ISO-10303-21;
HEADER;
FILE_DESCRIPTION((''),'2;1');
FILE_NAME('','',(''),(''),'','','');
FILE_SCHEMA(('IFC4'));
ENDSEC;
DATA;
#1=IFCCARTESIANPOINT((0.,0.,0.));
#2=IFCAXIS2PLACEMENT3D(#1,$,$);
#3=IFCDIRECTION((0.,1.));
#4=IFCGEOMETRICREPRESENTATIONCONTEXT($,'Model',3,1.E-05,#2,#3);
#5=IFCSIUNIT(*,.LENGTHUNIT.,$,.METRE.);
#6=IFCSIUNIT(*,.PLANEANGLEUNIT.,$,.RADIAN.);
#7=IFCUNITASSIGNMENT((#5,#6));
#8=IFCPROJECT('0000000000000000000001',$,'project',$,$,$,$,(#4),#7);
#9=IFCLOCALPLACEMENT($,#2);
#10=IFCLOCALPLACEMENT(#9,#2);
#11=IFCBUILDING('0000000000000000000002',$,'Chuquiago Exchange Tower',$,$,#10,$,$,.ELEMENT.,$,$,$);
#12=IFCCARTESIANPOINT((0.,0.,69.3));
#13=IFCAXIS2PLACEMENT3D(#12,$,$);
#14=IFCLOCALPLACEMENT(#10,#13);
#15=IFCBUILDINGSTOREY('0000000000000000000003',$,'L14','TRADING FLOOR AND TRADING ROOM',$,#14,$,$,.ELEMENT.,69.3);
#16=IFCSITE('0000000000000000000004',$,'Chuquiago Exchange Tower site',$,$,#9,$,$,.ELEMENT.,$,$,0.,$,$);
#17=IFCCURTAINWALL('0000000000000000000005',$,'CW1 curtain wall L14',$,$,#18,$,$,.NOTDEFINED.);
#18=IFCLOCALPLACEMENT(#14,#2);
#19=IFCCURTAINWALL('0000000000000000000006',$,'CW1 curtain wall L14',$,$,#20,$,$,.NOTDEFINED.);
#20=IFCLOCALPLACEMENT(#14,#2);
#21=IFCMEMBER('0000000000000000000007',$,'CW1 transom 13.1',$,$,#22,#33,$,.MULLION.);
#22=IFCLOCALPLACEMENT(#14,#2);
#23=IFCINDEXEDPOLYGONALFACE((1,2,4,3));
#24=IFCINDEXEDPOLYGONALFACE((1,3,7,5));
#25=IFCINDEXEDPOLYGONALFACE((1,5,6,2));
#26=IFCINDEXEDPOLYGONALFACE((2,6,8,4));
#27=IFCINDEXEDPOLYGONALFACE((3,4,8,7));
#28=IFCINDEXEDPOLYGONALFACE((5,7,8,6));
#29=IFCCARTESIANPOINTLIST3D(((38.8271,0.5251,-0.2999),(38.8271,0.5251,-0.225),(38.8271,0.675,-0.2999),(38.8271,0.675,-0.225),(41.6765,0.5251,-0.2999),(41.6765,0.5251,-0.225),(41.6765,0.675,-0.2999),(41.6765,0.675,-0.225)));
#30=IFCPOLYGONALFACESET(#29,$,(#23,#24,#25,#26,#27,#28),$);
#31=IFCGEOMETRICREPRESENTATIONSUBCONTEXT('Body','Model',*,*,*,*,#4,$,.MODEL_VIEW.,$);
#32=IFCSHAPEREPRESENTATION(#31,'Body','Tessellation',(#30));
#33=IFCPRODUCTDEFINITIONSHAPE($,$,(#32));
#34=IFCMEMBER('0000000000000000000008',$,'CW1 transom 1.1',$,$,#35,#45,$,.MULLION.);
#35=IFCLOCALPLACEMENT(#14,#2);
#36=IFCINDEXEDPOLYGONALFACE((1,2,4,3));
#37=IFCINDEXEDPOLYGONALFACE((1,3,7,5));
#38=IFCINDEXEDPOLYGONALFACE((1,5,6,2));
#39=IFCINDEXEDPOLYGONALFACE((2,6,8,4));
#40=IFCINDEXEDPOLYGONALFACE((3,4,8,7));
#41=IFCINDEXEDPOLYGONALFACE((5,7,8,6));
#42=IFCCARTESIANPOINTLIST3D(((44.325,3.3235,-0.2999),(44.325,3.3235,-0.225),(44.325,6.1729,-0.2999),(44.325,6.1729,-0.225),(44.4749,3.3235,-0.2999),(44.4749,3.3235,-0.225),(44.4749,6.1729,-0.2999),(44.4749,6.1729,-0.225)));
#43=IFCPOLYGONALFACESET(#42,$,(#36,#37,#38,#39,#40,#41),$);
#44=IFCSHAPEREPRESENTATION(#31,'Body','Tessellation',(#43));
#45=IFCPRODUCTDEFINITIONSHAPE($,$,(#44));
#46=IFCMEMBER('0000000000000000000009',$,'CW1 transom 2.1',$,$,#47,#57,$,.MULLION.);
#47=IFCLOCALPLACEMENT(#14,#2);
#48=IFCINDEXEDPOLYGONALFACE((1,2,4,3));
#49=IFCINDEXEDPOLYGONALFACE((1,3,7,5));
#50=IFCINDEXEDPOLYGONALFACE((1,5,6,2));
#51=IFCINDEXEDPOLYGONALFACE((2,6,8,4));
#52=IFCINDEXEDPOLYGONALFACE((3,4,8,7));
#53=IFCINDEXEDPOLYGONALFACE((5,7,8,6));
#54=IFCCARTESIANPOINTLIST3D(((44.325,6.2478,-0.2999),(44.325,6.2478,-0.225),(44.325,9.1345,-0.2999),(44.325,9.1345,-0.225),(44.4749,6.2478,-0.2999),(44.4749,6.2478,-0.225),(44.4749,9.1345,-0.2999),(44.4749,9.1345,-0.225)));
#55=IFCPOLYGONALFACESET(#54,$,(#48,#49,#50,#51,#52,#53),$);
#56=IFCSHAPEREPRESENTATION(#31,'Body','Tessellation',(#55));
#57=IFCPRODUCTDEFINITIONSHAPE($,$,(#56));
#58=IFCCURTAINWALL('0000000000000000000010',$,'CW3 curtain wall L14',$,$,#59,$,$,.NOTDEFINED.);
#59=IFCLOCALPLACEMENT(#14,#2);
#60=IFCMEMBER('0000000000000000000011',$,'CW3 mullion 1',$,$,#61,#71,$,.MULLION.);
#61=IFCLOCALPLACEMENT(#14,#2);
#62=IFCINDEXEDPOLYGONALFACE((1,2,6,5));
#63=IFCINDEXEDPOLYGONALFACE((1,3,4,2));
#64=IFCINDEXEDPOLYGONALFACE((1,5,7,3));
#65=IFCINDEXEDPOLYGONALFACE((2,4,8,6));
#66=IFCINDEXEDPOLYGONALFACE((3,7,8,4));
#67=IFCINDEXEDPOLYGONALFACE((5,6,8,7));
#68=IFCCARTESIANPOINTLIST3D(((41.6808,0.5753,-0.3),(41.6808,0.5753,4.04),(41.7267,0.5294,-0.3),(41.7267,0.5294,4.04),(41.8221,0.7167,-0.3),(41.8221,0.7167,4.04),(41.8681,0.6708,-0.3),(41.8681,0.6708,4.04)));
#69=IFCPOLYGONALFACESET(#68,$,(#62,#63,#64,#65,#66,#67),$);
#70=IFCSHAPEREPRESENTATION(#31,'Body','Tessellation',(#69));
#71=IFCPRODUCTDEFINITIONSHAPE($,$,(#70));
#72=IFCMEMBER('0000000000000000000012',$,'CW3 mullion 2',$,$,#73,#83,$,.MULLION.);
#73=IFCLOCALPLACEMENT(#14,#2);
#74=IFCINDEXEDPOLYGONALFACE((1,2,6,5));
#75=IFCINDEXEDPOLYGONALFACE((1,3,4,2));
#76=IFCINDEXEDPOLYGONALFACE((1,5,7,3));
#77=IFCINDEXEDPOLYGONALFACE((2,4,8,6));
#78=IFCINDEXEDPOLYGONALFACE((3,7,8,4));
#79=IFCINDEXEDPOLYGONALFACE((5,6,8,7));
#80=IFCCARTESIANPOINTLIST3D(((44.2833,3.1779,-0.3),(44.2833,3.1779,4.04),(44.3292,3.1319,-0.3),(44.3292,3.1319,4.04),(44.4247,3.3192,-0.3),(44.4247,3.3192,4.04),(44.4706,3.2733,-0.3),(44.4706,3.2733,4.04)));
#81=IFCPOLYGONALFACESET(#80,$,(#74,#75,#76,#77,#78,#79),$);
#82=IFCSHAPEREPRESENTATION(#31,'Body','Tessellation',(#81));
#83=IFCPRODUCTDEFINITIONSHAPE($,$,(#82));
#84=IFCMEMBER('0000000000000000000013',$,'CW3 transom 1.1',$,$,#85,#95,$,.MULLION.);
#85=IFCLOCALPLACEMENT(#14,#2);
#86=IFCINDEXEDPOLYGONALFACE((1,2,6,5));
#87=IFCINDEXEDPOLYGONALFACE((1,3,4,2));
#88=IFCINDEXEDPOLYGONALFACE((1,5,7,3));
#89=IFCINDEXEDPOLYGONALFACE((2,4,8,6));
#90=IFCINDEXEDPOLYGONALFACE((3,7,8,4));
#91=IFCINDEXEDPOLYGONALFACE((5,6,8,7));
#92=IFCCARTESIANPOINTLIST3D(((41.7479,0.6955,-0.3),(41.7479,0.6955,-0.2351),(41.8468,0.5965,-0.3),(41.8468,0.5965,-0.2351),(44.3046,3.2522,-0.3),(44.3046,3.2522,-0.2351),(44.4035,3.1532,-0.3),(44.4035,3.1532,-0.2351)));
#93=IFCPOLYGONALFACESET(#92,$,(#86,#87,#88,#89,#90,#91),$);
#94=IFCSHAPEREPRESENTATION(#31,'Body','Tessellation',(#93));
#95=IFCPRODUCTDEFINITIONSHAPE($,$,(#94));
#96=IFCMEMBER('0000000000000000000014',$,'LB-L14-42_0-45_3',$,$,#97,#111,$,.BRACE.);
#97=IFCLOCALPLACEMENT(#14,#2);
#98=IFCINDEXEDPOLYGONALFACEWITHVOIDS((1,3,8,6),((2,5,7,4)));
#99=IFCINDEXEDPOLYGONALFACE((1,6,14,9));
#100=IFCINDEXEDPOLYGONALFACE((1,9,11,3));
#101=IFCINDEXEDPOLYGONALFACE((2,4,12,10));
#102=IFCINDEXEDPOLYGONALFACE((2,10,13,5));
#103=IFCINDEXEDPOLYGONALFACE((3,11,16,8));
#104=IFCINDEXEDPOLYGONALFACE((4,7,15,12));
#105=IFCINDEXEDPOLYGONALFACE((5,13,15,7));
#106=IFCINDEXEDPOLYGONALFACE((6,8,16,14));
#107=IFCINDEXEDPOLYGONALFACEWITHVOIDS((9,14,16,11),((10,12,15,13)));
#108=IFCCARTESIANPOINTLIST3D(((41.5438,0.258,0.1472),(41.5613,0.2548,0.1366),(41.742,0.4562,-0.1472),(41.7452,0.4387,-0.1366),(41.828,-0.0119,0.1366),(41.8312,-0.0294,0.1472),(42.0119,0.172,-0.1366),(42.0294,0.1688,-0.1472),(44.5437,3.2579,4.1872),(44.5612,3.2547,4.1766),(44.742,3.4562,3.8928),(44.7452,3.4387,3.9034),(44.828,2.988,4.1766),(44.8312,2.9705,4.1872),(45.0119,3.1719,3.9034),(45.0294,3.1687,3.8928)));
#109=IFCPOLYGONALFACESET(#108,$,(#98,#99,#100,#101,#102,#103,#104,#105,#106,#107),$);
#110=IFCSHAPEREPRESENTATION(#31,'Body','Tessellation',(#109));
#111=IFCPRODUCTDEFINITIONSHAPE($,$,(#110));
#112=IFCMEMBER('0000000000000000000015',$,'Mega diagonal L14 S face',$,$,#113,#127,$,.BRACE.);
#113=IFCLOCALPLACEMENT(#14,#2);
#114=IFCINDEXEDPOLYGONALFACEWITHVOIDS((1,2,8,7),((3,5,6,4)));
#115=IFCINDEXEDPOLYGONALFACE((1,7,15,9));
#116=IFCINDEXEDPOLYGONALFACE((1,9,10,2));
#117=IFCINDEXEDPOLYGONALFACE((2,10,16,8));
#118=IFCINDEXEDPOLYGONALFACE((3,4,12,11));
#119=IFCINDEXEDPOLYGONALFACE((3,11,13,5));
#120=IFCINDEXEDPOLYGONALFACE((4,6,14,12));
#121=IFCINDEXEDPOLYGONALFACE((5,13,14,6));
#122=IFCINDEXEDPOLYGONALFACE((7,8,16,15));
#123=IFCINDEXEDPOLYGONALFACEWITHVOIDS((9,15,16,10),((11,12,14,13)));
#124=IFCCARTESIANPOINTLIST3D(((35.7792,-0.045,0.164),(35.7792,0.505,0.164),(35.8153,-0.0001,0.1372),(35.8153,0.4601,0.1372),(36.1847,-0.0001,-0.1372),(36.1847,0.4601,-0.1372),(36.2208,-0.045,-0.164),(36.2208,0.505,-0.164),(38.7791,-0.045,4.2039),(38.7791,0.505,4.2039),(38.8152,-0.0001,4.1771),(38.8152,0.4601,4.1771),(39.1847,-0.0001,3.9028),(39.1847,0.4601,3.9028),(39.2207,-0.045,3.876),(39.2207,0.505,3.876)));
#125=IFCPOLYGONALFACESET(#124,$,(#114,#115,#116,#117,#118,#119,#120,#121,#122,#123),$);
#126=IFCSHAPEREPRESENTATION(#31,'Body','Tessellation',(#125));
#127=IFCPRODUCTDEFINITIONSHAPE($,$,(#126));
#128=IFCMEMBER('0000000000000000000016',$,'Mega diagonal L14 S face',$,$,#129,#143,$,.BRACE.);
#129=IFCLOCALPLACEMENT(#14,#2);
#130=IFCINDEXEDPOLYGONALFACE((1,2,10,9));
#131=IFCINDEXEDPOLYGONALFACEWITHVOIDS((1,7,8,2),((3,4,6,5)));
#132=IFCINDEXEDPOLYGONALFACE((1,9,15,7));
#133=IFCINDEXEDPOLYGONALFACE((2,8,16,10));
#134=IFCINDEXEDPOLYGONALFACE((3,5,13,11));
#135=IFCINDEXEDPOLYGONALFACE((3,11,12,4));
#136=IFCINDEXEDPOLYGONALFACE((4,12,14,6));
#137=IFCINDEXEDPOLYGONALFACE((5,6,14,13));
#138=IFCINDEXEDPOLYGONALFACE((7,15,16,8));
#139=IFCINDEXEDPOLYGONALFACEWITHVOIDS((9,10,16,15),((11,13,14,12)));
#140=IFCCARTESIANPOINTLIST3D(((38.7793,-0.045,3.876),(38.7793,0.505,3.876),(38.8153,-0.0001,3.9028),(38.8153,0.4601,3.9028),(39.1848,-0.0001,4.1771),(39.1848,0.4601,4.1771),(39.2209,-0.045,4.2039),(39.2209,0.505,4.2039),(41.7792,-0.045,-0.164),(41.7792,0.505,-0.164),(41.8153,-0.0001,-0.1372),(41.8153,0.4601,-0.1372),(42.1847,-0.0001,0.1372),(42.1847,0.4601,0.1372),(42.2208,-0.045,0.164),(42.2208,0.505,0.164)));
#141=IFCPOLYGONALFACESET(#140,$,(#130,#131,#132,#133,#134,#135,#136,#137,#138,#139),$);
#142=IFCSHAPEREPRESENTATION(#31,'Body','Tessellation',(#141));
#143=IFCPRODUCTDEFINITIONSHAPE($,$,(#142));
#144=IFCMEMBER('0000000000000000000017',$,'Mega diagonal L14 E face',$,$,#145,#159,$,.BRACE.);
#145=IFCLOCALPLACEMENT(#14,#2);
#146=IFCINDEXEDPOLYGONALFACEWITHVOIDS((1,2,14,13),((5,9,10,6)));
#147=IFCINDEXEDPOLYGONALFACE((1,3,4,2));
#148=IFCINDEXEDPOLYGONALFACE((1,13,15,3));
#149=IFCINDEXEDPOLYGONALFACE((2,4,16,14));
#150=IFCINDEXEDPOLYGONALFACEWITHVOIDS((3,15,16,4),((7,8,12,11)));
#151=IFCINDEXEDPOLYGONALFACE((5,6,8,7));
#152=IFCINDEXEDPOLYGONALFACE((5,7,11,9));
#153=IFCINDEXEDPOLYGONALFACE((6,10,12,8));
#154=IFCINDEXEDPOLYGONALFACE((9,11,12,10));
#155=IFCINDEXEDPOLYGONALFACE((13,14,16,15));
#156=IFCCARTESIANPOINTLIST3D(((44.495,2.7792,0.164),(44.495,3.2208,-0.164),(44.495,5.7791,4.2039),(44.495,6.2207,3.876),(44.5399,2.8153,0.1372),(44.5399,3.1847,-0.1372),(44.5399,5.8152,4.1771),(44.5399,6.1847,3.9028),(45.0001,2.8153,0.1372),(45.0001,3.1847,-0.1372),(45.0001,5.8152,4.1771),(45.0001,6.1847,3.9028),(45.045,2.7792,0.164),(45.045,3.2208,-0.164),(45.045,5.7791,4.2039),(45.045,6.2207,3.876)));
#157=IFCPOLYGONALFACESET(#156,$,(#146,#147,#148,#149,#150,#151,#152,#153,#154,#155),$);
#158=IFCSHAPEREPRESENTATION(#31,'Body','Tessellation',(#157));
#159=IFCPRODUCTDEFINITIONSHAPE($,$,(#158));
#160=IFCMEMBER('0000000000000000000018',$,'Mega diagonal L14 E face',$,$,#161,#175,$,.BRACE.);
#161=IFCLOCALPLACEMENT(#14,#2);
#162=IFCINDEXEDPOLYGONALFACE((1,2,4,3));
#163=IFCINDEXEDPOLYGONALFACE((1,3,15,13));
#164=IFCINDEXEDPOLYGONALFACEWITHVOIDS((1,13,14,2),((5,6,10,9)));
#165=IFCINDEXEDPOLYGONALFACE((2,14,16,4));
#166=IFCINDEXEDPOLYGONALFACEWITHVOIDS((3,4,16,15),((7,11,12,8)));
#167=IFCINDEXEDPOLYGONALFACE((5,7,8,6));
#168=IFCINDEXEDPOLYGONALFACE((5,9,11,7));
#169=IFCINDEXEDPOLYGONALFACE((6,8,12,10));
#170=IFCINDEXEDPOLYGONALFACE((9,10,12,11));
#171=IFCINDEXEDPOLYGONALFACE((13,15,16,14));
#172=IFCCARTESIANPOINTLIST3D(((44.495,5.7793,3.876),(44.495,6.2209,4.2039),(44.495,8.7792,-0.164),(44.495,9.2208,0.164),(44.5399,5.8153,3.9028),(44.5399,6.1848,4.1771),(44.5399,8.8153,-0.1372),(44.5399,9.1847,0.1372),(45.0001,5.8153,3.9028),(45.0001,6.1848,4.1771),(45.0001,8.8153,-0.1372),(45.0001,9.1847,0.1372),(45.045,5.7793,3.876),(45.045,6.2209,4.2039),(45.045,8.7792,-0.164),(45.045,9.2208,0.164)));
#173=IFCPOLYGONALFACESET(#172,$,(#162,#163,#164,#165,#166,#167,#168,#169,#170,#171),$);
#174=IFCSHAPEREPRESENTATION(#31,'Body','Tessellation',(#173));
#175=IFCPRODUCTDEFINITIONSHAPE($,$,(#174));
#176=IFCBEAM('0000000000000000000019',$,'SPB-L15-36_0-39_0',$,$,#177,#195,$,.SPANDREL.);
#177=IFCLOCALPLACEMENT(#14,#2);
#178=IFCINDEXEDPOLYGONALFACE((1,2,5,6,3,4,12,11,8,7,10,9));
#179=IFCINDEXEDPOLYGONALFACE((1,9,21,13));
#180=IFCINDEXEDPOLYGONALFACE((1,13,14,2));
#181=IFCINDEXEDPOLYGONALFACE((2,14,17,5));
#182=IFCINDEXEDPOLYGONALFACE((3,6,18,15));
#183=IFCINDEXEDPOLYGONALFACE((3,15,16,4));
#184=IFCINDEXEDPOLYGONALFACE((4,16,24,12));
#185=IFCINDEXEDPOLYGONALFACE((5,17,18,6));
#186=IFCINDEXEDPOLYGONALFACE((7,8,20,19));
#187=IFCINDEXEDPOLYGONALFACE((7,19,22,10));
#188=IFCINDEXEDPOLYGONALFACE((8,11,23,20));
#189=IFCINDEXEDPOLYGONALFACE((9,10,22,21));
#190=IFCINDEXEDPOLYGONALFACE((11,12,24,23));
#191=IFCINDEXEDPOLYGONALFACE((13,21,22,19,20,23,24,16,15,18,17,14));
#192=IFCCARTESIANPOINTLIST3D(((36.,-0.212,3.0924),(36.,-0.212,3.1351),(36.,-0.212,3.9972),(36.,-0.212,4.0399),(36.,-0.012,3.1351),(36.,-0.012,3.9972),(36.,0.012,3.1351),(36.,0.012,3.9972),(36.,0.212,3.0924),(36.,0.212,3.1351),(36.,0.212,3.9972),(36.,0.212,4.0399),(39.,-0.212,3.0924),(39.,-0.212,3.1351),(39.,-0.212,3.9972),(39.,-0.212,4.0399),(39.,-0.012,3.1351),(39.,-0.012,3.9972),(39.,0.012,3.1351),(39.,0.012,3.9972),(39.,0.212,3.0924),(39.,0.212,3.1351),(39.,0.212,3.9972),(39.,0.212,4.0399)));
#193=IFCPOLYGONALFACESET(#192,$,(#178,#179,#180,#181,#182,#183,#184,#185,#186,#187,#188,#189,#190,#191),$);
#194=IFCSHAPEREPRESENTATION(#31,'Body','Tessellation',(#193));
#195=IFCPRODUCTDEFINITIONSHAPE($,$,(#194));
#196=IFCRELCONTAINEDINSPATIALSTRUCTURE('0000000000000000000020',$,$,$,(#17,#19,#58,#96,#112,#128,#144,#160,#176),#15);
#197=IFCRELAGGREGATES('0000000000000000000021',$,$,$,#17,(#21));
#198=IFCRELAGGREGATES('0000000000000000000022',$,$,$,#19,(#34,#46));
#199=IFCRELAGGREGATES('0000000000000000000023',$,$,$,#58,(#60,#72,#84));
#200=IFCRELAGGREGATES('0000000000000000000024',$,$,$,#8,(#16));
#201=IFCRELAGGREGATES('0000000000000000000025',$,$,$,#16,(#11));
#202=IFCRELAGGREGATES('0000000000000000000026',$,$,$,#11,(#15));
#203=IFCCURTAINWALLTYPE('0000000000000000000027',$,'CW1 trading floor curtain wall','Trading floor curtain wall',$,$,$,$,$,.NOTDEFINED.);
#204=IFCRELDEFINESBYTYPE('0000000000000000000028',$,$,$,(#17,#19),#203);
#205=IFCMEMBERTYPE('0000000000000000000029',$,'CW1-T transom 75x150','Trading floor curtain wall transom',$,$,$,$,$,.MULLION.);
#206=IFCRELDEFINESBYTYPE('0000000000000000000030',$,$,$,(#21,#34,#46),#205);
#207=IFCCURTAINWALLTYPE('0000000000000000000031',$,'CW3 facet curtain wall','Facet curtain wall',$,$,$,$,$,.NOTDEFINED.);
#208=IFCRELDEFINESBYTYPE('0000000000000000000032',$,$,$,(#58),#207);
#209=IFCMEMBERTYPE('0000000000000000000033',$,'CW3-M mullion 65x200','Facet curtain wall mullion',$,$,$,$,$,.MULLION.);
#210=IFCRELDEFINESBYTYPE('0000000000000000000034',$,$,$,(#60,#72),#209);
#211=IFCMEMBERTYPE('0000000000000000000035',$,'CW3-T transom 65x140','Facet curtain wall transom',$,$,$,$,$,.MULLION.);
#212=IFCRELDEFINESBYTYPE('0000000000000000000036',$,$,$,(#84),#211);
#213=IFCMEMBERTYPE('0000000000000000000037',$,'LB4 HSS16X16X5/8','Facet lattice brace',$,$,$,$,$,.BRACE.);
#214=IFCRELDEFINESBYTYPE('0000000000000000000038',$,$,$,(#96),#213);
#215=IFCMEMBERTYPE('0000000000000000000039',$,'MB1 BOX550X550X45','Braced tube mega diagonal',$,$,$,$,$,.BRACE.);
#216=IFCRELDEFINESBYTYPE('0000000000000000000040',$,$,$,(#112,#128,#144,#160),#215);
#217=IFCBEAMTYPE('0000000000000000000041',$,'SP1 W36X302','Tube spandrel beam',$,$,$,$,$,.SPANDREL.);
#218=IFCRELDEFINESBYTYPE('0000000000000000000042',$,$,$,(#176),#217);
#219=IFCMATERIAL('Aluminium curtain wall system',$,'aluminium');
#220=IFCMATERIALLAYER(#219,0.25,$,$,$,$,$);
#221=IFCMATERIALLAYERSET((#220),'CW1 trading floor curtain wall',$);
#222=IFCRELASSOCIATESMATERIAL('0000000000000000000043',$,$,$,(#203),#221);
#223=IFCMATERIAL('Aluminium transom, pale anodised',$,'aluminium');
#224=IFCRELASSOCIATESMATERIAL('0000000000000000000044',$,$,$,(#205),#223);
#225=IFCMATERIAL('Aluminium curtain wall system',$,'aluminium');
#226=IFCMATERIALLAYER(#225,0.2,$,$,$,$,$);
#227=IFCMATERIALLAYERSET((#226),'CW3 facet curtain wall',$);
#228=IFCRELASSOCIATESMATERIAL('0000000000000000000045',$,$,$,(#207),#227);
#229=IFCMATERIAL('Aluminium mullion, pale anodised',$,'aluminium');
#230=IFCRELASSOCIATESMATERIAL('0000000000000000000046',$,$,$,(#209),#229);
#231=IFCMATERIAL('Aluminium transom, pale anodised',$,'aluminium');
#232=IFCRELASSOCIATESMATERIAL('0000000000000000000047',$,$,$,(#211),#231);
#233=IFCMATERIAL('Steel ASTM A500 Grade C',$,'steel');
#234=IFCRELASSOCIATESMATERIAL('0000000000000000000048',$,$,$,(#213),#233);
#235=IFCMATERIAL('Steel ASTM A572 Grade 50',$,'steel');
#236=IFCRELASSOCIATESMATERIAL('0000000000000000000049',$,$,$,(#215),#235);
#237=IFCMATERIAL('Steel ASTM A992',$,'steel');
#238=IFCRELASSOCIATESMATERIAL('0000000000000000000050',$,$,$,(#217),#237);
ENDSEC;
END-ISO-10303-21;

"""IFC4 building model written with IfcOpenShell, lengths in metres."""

from ifc_helpers import new_model, si_unit, direction, frame, origin, origin_2d, place, context, subcontext, project, spatial, rectangle, hollow_rectangle, i_section, extrude, material, layer, layer_set, material_profile, profile_set, type_object, element, aggregate, save


model = new_model("IFC4")

# Units and contexts
model_context = context("Model", 3, precision=1e-05, world=origin(), true_north=direction((0.0, 1.0)))
body_context = subcontext(model_context, "Body", "Model", "MODEL_VIEW")
ifc_project = project(units=[si_unit("LENGTHUNIT", "METRE"), si_unit("PLANEANGLEUNIT", "RADIAN")], contexts=[model_context])

# Site, building, storey
site_placement = place(None, origin())
site = spatial("IfcSite", under=ifc_project, at=site_placement, Name="Chuquiago Exchange Tower site", CompositionType="ELEMENT", RefElevation=0.0)
building_placement = place(site_placement, origin())
building = spatial("IfcBuilding", under=site, at=building_placement, Name="Chuquiago Exchange Tower", CompositionType="ELEMENT")
storey_placement = place(building_placement, frame((0.0, 0.0, 69.3)))
storey = spatial("IfcBuildingStorey", under=building, at=storey_placement, Name="L14", Description="TRADING FLOOR AND TRADING ROOM", CompositionType="ELEMENT", Elevation=69.3)

# Curtain walls
ifc_material_1 = material(Name="Aluminium curtain wall system", Category="aluminium")
ifc_layer_1 = layer(ifc_material_1, 0.25)
ifc_layer_set_1 = layer_set([ifc_layer_1], Name="CW1 trading floor curtain wall")
curtain_wall_type_1 = type_object("IfcCurtainWallType", Name="CW1 trading floor curtain wall", Description="Trading floor curtain wall", PredefinedType="NOTDEFINED", material=ifc_layer_set_1)
curtain_wall_1_placement = place(storey_placement, origin())
curtain_wall_1 = element("IfcCurtainWall", 1, at=curtain_wall_1_placement, inside=storey, type_object=curtain_wall_type_1, Name="CW1 curtain wall L14", PredefinedType="NOTDEFINED")
curtain_wall_2_placement = place(storey_placement, origin())
curtain_wall_2 = element("IfcCurtainWall", 2, at=curtain_wall_2_placement, inside=storey, type_object=curtain_wall_type_1, Name="CW1 curtain wall L14", PredefinedType="NOTDEFINED")

# Members
ifc_material_2 = material(Name="Aluminium transom, pale anodised", Category="aluminium")
ifc_material_profile_1 = material_profile(ifc_material_2, rectangle(XDim=0.1499, YDim=0.075, at=origin_2d()), Name="AL 150x75")
ifc_profile_set_1 = profile_set([ifc_material_profile_1], Name="Aluminium transom, pale anodised")
member_type_1 = type_object("IfcMemberType", Name="CW1-T transom 75x150", Description="Trading floor curtain wall transom", PredefinedType="MULLION", material=ifc_profile_set_1)
member_1_placement = place(storey_placement, frame((38.8271, 0.6001, -0.2625), z_axis=(1.0, 0.0, 0.0), x_axis=(0.0, 1.0, 0.0)))
member_1 = element("IfcMember", 3, at=member_1_placement, type_object=member_type_1, Name="CW1 transom 13.1", PredefinedType="MULLION", context=body_context, shape_type="SweptSolid", body=[
    extrude(rectangle(XDim=0.1499, YDim=0.075, at=origin_2d()), origin(), (0.0, 0.0, 1.0), 2.8494),
])
member_2_placement = place(storey_placement, frame((44.3999, 3.3235, -0.2625), z_axis=(0.0, 1.0, 0.0), x_axis=(-1.0, 0.0, 0.0)))
member_2 = element("IfcMember", 4, at=member_2_placement, type_object=member_type_1, Name="CW1 transom 1.1", PredefinedType="MULLION", context=body_context, shape_type="SweptSolid", body=[
    extrude(rectangle(XDim=0.1499, YDim=0.075, at=origin_2d()), origin(), (0.0, 0.0, 1.0), 2.8494),
])
member_3_placement = place(storey_placement, frame((44.3999, 6.2478, -0.2625), z_axis=(0.0, 1.0, 0.0), x_axis=(-1.0, 0.0, 0.0)))
member_3 = element("IfcMember", 5, at=member_3_placement, type_object=member_type_1, Name="CW1 transom 2.1", PredefinedType="MULLION", context=body_context, shape_type="SweptSolid", body=[
    extrude(rectangle(XDim=0.1499, YDim=0.075, at=origin_2d()), origin(), (0.0, 0.0, 1.0), 2.8867),
])

# Curtain wall, members
ifc_material_3 = material(Name="Aluminium curtain wall system", Category="aluminium")
ifc_layer_2 = layer(ifc_material_3, 0.2)
ifc_layer_set_2 = layer_set([ifc_layer_2], Name="CW3 facet curtain wall")
curtain_wall_type_2 = type_object("IfcCurtainWallType", Name="CW3 facet curtain wall", Description="Facet curtain wall", PredefinedType="NOTDEFINED", material=ifc_layer_set_2)
curtain_wall_3_placement = place(storey_placement, origin())
curtain_wall_3 = element("IfcCurtainWall", 6, at=curtain_wall_3_placement, inside=storey, type_object=curtain_wall_type_2, Name="CW3 curtain wall L14", PredefinedType="NOTDEFINED")
ifc_material_4 = material(Name="Aluminium mullion, pale anodised", Category="aluminium")
ifc_material_profile_2 = material_profile(ifc_material_4, rectangle(XDim=0.0649, YDim=0.2, at=origin_2d()), Name="AL 65x200")
ifc_profile_set_2 = profile_set([ifc_material_profile_2], Name="Aluminium mullion, pale anodised")
member_type_2 = type_object("IfcMemberType", Name="CW3-M mullion 65x200", Description="Facet curtain wall mullion", PredefinedType="MULLION", material=ifc_profile_set_2)
member_4_placement = place(storey_placement, frame((41.7744, 0.623, -0.3), z_axis=(0.0, 0.0, 1.0), x_axis=(-0.707107, 0.707107, 0.0)))
member_4 = element("IfcMember", 7, at=member_4_placement, type_object=member_type_2, Name="CW3 mullion 1", PredefinedType="MULLION", context=body_context, shape_type="SweptSolid", body=[
    extrude(rectangle(XDim=0.0649, YDim=0.2, at=origin_2d()), origin(), (0.0, 0.0, 1.0), 4.3401),
])
member_5_placement = place(storey_placement, frame((44.377, 3.2256, -0.3), z_axis=(0.0, 0.0, 1.0), x_axis=(-0.707107, 0.707107, 0.0)))
member_5 = element("IfcMember", 8, at=member_5_placement, type_object=member_type_2, Name="CW3 mullion 2", PredefinedType="MULLION", context=body_context, shape_type="SweptSolid", body=[
    extrude(rectangle(XDim=0.0649, YDim=0.2, at=origin_2d()), origin(), (0.0, 0.0, 1.0), 4.3401),
])
ifc_material_5 = material(Name="Aluminium transom, pale anodised", Category="aluminium")
ifc_material_profile_3 = material_profile(ifc_material_5, rectangle(XDim=0.1399, YDim=0.0649, at=origin_2d()), Name="AL 140x65")
ifc_profile_set_3 = profile_set([ifc_material_profile_3], Name="Aluminium transom, pale anodised")
member_type_3 = type_object("IfcMemberType", Name="CW3-T transom 65x140", Description="Facet curtain wall transom", PredefinedType="MULLION", material=ifc_profile_set_3)
member_6_placement = place(storey_placement, frame((41.7974, 0.646, -0.2676), z_axis=(0.707107, 0.707107, 0.0), x_axis=(-0.707107, 0.707107, 0.0)))
member_6 = element("IfcMember", 9, at=member_6_placement, type_object=member_type_3, Name="CW3 transom 1.1", PredefinedType="MULLION", context=body_context, shape_type="SweptSolid", body=[
    extrude(rectangle(XDim=0.1399, YDim=0.0649, at=origin_2d()), origin(), (0.0, 0.0, 1.0), 3.6157),
])

# Members
ifc_material_6 = material(Name="Steel ASTM A500 Grade C", Category="steel")
ifc_material_profile_4 = material_profile(ifc_material_6, hollow_rectangle(XDim=0.4065, YDim=0.4065, WallThickness=0.0146, at=origin_2d()), Name="HSS16X16X5/8")
ifc_profile_set_4 = profile_set([ifc_material_profile_4], Name="Steel ASTM A500 Grade C")
member_type_4 = type_object("IfcMemberType", Name="LB4 HSS16X16X5/8", Description="Facet lattice brace", PredefinedType="BRACE", material=ifc_profile_set_4)
member_7_placement = place(storey_placement, frame((41.7866, 0.2134, 0.0), z_axis=(0.512077, 0.512077, 0.689604), x_axis=(-0.707107, 0.707107, 0.0)))
element("IfcMember", 10, at=member_7_placement, inside=storey, type_object=member_type_4, Name="LB-L14-42_0-45_3", PredefinedType="BRACE", context=body_context, shape_type="SweptSolid", body=[
    extrude(hollow_rectangle(XDim=0.4065, YDim=0.4065, WallThickness=0.0146, at=origin_2d()), origin(), (0.0, 0.0, 1.0), 5.8584),
])
ifc_material_7 = material(Name="Steel ASTM A572 Grade 50", Category="steel")
ifc_material_profile_5 = material_profile(ifc_material_7, hollow_rectangle(XDim=0.55, YDim=0.55, WallThickness=0.0449, at=origin_2d()), Name="BOX550X550X45")
ifc_profile_set_5 = profile_set([ifc_material_profile_5], Name="Steel ASTM A572 Grade 50")
member_type_5 = type_object("IfcMemberType", Name="MB1 BOX550X550X45", Description="Braced tube mega diagonal", PredefinedType="BRACE", material=ifc_profile_set_5)
for number, where, z_axis, x_axis, name in (
    (11, (36.0, 0.23, 0.0), (0.596174, 0.0, 0.802855), (0.0, 1.0, 0.0), "Mega diagonal L14 S face"),
    (12, (42.0, 0.23, 0.0), (-0.596174, 0.0, 0.802855), (0.0, -1.0, 0.0), "Mega diagonal L14 S face"),
    (13, (44.77, 3.0, 0.0), (0.0, 0.596174, 0.802855), (-1.0, 0.0, 0.0), "Mega diagonal L14 E face"),
    (14, (44.77, 9.0, 0.0), (0.0, -0.596174, 0.802855), (1.0, 0.0, 0.0), "Mega diagonal L14 E face"),
):
    element("IfcMember", number, at=place(storey_placement, frame(where, z_axis=z_axis, x_axis=x_axis)), inside=storey, type_object=member_type_5, Name=name, PredefinedType="BRACE", context=body_context, shape_type="SweptSolid", body=[
        extrude(hollow_rectangle(XDim=0.55, YDim=0.55, WallThickness=0.0449, at=origin_2d()), origin(), (0.0, 0.0, 1.0), 5.032),
    ])

# Beam
ifc_material_8 = material(Name="Steel ASTM A992", Category="steel")
ifc_material_profile_6 = material_profile(ifc_material_8, i_section(OverallWidth=0.4241, OverallDepth=0.9475, WebThickness=0.0239, FlangeThickness=0.0427, at=origin_2d()), Name="W36X302")
ifc_profile_set_6 = profile_set([ifc_material_profile_6], Name="Steel ASTM A992")
beam_type = type_object("IfcBeamType", Name="SP1 W36X302", Description="Tube spandrel beam", PredefinedType="SPANDREL", material=ifc_profile_set_6)
for number, where, z_axis, x_axis, name in (
    (15, (36.0, 0.0, 3.5662), (1.0, 0.0, 0.0), (0.0, 1.0, 0.0), "SPB-L15-36_0-39_0"),
):
    element("IfcBeam", number, at=place(storey_placement, frame(where, z_axis=z_axis, x_axis=x_axis)), inside=storey, type_object=beam_type, Name=name, PredefinedType="SPANDREL", context=body_context, shape_type="SweptSolid", body=[
        extrude(i_section(OverallWidth=0.4241, OverallDepth=0.9475, WebThickness=0.0239, FlangeThickness=0.0427, at=origin_2d()), origin(), (0.0, 0.0, 1.0), 3.0),
    ])

aggregate(curtain_wall_1, [member_1])
aggregate(curtain_wall_2, [member_2, member_3])
aggregate(curtain_wall_3, [member_4, member_5, member_6])

save(model, "model.ifc")
